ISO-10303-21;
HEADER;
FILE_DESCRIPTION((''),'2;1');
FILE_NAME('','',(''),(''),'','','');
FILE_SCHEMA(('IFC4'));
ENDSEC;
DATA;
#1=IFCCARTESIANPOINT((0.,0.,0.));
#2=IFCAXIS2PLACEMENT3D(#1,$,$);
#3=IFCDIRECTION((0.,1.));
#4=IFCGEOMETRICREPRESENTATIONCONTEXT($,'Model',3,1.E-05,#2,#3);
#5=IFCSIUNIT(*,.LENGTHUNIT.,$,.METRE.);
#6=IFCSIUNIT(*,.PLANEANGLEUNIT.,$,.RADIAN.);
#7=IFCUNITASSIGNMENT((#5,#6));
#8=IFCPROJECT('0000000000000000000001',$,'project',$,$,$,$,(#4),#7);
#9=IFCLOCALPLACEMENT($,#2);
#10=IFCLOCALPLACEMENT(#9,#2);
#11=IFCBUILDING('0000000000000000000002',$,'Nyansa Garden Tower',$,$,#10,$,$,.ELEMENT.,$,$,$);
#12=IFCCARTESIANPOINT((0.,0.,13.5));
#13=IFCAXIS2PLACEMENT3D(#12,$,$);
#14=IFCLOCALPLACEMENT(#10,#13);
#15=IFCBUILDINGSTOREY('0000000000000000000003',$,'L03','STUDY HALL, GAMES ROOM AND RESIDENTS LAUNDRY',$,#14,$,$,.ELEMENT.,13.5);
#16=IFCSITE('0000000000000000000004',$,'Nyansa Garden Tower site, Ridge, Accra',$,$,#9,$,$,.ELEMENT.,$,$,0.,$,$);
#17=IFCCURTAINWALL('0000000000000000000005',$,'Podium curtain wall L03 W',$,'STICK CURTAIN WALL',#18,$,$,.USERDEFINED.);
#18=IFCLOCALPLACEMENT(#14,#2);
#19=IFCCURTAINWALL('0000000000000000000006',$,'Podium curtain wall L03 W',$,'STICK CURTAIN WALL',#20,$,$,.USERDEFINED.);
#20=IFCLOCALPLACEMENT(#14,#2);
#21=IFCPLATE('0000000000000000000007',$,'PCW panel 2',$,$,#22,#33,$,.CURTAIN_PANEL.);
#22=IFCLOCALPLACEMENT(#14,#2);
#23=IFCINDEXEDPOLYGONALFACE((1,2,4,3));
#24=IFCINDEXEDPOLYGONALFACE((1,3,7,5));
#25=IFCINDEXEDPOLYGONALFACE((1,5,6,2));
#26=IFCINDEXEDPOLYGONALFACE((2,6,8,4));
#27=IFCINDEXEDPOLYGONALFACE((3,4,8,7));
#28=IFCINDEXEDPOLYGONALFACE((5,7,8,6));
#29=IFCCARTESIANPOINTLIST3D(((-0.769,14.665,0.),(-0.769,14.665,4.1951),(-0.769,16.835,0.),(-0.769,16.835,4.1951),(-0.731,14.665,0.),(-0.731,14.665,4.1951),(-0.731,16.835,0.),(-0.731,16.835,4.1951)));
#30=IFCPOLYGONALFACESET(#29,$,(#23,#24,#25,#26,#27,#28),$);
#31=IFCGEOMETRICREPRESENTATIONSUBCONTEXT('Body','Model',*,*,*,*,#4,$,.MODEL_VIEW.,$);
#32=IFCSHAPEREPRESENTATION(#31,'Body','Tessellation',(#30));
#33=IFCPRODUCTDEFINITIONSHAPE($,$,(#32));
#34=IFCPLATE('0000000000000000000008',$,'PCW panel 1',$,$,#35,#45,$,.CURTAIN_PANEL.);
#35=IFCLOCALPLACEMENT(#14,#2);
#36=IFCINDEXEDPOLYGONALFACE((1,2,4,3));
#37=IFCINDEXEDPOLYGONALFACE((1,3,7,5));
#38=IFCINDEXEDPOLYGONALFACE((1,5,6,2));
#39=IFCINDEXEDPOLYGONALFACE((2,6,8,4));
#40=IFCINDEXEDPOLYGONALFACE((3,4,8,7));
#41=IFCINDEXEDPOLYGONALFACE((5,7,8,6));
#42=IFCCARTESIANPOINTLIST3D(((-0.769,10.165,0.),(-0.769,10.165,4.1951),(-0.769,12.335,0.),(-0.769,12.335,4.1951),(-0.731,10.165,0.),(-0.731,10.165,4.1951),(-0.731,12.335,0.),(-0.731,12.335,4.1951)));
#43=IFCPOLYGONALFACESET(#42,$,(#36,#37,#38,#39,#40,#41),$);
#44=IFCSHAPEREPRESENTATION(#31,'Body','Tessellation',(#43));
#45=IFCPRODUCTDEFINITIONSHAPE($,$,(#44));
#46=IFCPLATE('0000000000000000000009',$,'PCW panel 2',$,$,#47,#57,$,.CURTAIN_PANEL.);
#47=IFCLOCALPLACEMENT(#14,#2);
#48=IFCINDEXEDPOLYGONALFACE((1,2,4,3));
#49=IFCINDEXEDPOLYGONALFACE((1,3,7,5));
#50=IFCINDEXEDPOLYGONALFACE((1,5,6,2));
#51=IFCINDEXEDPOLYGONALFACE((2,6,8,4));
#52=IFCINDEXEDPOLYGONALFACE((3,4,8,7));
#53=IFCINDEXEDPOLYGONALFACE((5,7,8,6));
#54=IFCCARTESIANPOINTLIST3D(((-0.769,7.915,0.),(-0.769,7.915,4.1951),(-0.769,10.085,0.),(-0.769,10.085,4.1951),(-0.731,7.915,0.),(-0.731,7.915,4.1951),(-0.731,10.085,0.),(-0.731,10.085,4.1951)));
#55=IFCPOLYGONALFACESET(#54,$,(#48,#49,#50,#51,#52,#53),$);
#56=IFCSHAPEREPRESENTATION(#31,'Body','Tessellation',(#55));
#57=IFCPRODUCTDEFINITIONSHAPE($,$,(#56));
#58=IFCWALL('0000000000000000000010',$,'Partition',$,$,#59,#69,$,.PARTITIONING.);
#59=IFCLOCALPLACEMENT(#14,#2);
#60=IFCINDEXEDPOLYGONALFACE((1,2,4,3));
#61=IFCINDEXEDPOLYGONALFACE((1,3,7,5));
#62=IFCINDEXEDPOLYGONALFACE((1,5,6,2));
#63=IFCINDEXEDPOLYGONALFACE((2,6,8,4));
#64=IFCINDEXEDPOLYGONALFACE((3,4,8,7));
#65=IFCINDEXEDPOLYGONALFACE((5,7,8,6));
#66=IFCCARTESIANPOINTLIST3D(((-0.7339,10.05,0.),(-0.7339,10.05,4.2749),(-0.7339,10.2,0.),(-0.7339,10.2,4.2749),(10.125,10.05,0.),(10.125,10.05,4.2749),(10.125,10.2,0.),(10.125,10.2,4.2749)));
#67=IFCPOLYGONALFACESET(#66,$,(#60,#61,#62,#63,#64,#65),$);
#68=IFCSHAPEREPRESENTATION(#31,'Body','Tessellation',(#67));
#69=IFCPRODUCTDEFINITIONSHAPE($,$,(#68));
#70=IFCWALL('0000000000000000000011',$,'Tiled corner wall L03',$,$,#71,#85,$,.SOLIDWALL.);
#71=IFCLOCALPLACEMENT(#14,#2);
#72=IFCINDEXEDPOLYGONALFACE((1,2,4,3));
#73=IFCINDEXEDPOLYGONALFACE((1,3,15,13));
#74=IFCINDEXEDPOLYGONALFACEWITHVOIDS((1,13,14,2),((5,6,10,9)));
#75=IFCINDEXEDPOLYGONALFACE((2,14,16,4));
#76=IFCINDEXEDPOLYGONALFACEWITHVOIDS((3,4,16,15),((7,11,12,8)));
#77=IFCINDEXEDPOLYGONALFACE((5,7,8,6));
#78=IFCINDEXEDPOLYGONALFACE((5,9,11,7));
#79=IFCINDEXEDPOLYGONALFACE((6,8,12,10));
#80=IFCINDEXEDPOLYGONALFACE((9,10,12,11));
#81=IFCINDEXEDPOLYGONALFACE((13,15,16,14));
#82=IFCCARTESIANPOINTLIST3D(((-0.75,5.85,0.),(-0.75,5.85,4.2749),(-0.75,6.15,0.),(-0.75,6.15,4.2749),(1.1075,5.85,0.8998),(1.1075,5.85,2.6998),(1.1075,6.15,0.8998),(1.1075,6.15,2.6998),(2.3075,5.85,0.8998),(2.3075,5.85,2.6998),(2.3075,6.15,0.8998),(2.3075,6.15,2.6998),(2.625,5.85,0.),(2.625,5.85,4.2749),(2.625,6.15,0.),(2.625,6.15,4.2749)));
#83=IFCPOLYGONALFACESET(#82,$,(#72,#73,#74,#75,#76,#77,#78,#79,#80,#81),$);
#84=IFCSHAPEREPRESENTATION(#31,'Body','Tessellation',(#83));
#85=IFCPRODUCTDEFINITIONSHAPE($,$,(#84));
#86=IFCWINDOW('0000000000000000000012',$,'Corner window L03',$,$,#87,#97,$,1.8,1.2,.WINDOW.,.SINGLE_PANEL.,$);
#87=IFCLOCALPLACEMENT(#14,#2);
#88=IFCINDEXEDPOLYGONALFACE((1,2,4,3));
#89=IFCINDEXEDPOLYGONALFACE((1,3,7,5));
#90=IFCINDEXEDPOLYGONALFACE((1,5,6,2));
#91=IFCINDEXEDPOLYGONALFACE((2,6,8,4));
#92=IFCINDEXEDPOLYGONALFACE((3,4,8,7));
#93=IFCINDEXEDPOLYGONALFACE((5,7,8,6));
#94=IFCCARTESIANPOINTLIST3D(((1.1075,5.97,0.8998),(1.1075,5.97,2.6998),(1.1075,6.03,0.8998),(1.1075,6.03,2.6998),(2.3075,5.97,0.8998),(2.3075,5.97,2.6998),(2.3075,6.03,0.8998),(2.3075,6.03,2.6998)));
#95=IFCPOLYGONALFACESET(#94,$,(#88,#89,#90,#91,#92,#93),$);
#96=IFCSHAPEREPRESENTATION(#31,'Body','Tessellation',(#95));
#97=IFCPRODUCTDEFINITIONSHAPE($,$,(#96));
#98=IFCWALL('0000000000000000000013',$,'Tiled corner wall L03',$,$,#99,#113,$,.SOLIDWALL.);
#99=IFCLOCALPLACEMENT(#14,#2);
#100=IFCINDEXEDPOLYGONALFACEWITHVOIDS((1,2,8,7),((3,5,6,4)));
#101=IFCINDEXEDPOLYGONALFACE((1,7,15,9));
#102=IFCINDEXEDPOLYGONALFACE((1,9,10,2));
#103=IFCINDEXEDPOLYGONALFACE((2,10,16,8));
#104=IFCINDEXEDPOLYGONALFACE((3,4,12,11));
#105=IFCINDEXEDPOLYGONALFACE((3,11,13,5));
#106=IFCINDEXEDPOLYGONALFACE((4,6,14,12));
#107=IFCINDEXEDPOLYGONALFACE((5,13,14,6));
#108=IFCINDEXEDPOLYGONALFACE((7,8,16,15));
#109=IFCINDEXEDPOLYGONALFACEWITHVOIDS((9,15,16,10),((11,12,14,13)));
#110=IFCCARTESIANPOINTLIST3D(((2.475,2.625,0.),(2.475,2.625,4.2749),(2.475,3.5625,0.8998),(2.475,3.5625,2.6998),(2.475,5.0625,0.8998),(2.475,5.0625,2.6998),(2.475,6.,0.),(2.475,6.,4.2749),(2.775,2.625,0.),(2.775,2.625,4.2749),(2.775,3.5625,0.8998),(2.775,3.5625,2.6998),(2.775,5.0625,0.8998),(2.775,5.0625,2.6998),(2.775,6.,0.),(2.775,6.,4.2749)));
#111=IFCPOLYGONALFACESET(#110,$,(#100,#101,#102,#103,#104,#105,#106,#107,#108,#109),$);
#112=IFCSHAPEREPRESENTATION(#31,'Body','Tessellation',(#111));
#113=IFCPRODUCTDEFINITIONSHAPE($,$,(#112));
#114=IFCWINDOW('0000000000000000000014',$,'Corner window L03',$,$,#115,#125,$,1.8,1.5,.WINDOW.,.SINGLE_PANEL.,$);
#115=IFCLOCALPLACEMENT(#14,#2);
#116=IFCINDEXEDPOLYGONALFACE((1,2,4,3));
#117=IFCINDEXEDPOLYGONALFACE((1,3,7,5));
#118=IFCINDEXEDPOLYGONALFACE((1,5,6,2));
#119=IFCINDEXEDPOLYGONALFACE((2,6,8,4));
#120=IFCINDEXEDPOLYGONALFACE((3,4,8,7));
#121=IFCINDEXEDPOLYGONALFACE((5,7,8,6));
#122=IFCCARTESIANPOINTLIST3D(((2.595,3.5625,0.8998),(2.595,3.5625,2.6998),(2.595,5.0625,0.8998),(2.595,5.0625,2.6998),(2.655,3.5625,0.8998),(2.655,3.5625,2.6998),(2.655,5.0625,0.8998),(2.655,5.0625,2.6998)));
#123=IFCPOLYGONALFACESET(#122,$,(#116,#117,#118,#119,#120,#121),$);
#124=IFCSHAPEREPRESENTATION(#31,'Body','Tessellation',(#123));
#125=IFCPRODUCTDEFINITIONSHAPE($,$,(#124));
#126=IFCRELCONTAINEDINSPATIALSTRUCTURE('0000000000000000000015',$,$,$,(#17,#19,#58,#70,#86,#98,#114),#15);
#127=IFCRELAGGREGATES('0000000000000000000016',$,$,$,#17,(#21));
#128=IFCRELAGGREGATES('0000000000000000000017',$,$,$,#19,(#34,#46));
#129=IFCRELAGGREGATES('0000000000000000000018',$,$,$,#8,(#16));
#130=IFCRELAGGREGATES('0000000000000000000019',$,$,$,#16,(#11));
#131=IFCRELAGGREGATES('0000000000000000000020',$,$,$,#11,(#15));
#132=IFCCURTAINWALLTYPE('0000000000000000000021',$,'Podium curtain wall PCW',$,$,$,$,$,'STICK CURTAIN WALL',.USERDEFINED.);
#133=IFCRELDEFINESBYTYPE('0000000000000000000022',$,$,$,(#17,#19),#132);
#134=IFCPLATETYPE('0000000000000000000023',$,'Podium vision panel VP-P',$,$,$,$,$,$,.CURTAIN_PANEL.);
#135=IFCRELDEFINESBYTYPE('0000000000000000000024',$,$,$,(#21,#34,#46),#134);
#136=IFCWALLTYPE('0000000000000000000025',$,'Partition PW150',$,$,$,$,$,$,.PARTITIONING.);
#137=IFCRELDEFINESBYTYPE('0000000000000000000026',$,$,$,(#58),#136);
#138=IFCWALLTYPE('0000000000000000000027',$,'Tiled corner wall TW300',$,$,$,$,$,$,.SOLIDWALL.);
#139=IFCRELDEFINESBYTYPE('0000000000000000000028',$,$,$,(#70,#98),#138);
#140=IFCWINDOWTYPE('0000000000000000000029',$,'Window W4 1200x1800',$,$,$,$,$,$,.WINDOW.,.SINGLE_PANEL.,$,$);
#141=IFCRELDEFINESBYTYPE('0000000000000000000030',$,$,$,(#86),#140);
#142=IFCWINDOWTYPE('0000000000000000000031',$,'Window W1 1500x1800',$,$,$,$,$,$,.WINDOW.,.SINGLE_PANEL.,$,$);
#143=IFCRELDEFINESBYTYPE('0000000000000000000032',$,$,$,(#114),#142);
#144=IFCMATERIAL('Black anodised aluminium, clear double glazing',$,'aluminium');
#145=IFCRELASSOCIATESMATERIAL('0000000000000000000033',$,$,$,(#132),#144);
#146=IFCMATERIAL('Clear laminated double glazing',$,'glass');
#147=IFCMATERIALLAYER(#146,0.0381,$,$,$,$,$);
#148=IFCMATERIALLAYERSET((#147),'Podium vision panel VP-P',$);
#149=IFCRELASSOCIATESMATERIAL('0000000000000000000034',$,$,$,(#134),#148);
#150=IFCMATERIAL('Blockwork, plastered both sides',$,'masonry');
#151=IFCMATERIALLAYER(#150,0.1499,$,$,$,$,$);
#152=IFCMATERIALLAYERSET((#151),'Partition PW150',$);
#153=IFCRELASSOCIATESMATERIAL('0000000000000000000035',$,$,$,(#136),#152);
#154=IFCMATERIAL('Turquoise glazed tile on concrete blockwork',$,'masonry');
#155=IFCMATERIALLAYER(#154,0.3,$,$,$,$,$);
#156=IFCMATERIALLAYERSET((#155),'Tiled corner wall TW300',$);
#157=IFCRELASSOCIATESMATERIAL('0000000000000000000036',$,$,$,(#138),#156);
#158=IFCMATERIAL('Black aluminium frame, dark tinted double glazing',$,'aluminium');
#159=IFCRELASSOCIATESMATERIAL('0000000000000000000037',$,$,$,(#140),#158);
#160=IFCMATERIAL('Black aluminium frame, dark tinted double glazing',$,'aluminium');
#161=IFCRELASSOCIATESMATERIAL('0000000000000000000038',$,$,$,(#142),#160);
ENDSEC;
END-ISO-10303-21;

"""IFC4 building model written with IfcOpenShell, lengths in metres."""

from ifc_helpers import new_model, si_unit, direction, frame, frame_2d, origin, origin_2d, place, context, subcontext, project, spatial, rectangle, extrude, material, layer, layer_set, type_object, element, fill, aggregate, save


model = new_model("IFC4")

# Units and contexts
model_context = context("Model", 3, precision=1e-05, world=origin(), true_north=direction((0.0, 1.0)))
body_context = subcontext(model_context, "Body", "Model", "MODEL_VIEW")
ifc_project = project(units=[si_unit("LENGTHUNIT", "METRE"), si_unit("PLANEANGLEUNIT", "RADIAN")], contexts=[model_context])

# Site, building, storey
site_placement = place(None, origin())
site = spatial("IfcSite", under=ifc_project, at=site_placement, Name="Nyansa Garden Tower site, Ridge, Accra", CompositionType="ELEMENT", RefElevation=0.0)
building_placement = place(site_placement, origin())
building = spatial("IfcBuilding", under=site, at=building_placement, Name="Nyansa Garden Tower", CompositionType="ELEMENT")
storey_placement = place(building_placement, frame((0.0, 0.0, 13.5)))
storey = spatial("IfcBuildingStorey", under=building, at=storey_placement, Name="L03", Description="STUDY HALL, GAMES ROOM AND RESIDENTS LAUNDRY", CompositionType="ELEMENT", Elevation=13.5)

# Curtain wall
ifc_material_1 = material(Name="Black anodised aluminium, clear double glazing", Category="aluminium")
curtain_wall_type = type_object("IfcCurtainWallType", Name="Podium curtain wall PCW", ElementType="STICK CURTAIN WALL", PredefinedType="USERDEFINED", material=ifc_material_1)
curtain_wall_1_placement = place(storey_placement, origin())
curtain_wall_1 = element("IfcCurtainWall", 1, at=curtain_wall_1_placement, inside=storey, type_object=curtain_wall_type, Name="Podium curtain wall L03 W", ObjectType="STICK CURTAIN WALL", PredefinedType="USERDEFINED")

# Curtain wall
curtain_wall_2_placement = place(storey_placement, origin())
curtain_wall_2 = element("IfcCurtainWall", 2, at=curtain_wall_2_placement, inside=storey, type_object=curtain_wall_type, Name="Podium curtain wall L03 W", ObjectType="STICK CURTAIN WALL", PredefinedType="USERDEFINED")

# Plates
ifc_material_2 = material(Name="Clear laminated double glazing", Category="glass")
ifc_layer_1 = layer(ifc_material_2, 0.0381)
ifc_layer_set_1 = layer_set([ifc_layer_1], Name="Podium vision panel VP-P")
plate_type = type_object("IfcPlateType", Name="Podium vision panel VP-P", PredefinedType="CURTAIN_PANEL", material=ifc_layer_set_1)
plate_1_placement = place(storey_placement, frame((-0.75, 15.75, 0.0), z_axis=(0.0, 0.0, 1.0), x_axis=(0.0, -1.0, 0.0)))
plate_1 = element("IfcPlate", 3, at=plate_1_placement, type_object=plate_type, Name="PCW panel 2", PredefinedType="CURTAIN_PANEL", context=body_context, shape_type="SweptSolid", body=[
    extrude(rectangle(XDim=2.1699, YDim=0.0381, at=origin_2d()), origin(), (0.0, 0.0, 1.0), 4.1951),
])
aggregate(curtain_wall_1, [plate_1])
plate_2_placement = place(storey_placement, frame((-0.75, 11.25, 0.0), z_axis=(0.0, 0.0, 1.0), x_axis=(0.0, -1.0, 0.0)))
plate_2 = element("IfcPlate", 4, at=plate_2_placement, type_object=plate_type, Name="PCW panel 1", PredefinedType="CURTAIN_PANEL", context=body_context, shape_type="SweptSolid", body=[
    extrude(rectangle(XDim=2.1699, YDim=0.0381, at=origin_2d()), origin(), (0.0, 0.0, 1.0), 4.1951),
])
plate_3_placement = place(storey_placement, frame((-0.75, 9.0, 0.0), z_axis=(0.0, 0.0, 1.0), x_axis=(0.0, -1.0, 0.0)))
plate_3 = element("IfcPlate", 5, at=plate_3_placement, type_object=plate_type, Name="PCW panel 2", PredefinedType="CURTAIN_PANEL", context=body_context, shape_type="SweptSolid", body=[
    extrude(rectangle(XDim=2.1699, YDim=0.0381, at=origin_2d()), origin(), (0.0, 0.0, 1.0), 4.1951),
])
aggregate(curtain_wall_2, [plate_2, plate_3])

# Wall
ifc_material_3 = material(Name="Blockwork, plastered both sides", Category="masonry")
ifc_layer_2 = layer(ifc_material_3, 0.1499)
ifc_layer_set_2 = layer_set([ifc_layer_2], Name="Partition PW150")
wall_type_1 = type_object("IfcWallType", Name="Partition PW150", PredefinedType="PARTITIONING", material=ifc_layer_set_2)
wall_1_placement = place(storey_placement, frame((-0.7339, 10.125, 0.0), z_axis=(0.0, 0.0, 1.0), x_axis=(1.0, 0.0, 0.0)))
element("IfcWall", 6, at=wall_1_placement, inside=storey, type_object=wall_type_1, Name="Partition", PredefinedType="PARTITIONING", context=body_context, shape_type="SweptSolid", body=[
    extrude(rectangle(XDim=10.8589, YDim=0.1499, at=frame_2d((5.4294, 0.0))), origin(), (0.0, 0.0, 1.0), 4.2749),
])

# Walls, openings, windows
ifc_material_4 = material(Name="Turquoise glazed tile on concrete blockwork", Category="masonry")
ifc_layer_3 = layer(ifc_material_4, 0.3)
ifc_layer_set_3 = layer_set([ifc_layer_3], Name="Tiled corner wall TW300")
wall_type_2 = type_object("IfcWallType", Name="Tiled corner wall TW300", PredefinedType="SOLIDWALL", material=ifc_layer_set_3)
wall_2_placement = place(storey_placement, frame((-0.75, 6.0, 0.0), z_axis=(0.0, 0.0, 1.0), x_axis=(1.0, 0.0, 0.0)))
wall_2 = element("IfcWall", 7, at=wall_2_placement, inside=storey, type_object=wall_type_2, Name="Tiled corner wall L03", PredefinedType="SOLIDWALL", context=body_context, shape_type="SweptSolid", body=[
    extrude(rectangle(XDim=3.375, YDim=0.3, at=frame_2d((1.6875, 0.0))), origin(), (0.0, 0.0, 1.0), 4.2749),
])
opening_1_placement = place(wall_2_placement, frame((1.8574, 0.0, 0.8999)))
opening_1 = element("IfcOpeningElement", 8, at=opening_1_placement, cuts=wall_2, PredefinedType="OPENING", context=body_context, shape_type="SweptSolid", body=[
    extrude(rectangle(XDim=1.2, YDim=1.8, at=frame_2d((0.6001, 0.8999))), frame((0.0, 0.1599, 0.0), z_axis=(0.0, -1.0, 0.0), x_axis=(1.0, 0.0, 0.0)), (0.0, 0.0, 1.0), 0.3201),
])
ifc_material_5 = material(Name="Black aluminium frame, dark tinted double glazing", Category="aluminium")
window_type_1 = type_object("IfcWindowType", Name="Window W4 1200x1800", PartitioningType="SINGLE_PANEL", PredefinedType="WINDOW", material=ifc_material_5)
window_1_placement = place(opening_1_placement, origin())
window_1 = element("IfcWindow", 9, at=window_1_placement, inside=storey, type_object=window_type_1, Name="Corner window L03", OverallHeight=1.8, OverallWidth=1.2, PartitioningType="SINGLE_PANEL", PredefinedType="WINDOW", context=body_context, shape_type="SweptSolid", body=[
    extrude(rectangle(XDim=1.2, YDim=1.8, at=frame_2d((0.6001, 0.8999))), frame((0.0, 0.03, 0.0), z_axis=(0.0, -1.0, 0.0), x_axis=(1.0, 0.0, 0.0)), (0.0, 0.0, 1.0), 0.0601),
])
fill(opening_1, window_1)
wall_3_placement = place(storey_placement, frame((2.625, 6.0, 0.0), z_axis=(0.0, 0.0, 1.0), x_axis=(0.0, -1.0, 0.0)))
wall_3 = element("IfcWall", 10, at=wall_3_placement, inside=storey, type_object=wall_type_2, Name="Tiled corner wall L03", PredefinedType="SOLIDWALL", context=body_context, shape_type="SweptSolid", body=[
    extrude(rectangle(XDim=3.375, YDim=0.3, at=frame_2d((1.6875, 0.0))), origin(), (0.0, 0.0, 1.0), 4.2749),
])
opening_2_placement = place(wall_3_placement, frame((0.9375, 0.0, 0.8999)))
opening_2 = element("IfcOpeningElement", 11, at=opening_2_placement, cuts=wall_3, PredefinedType="OPENING", context=body_context, shape_type="SweptSolid", body=[
    extrude(rectangle(XDim=1.5, YDim=1.8, at=frame_2d((0.75, 0.8999))), frame((0.0, 0.1599, 0.0), z_axis=(0.0, -1.0, 0.0), x_axis=(1.0, 0.0, 0.0)), (0.0, 0.0, 1.0), 0.3201),
])
ifc_material_6 = material(Name="Black aluminium frame, dark tinted double glazing", Category="aluminium")
window_type_2 = type_object("IfcWindowType", Name="Window W1 1500x1800", PartitioningType="SINGLE_PANEL", PredefinedType="WINDOW", material=ifc_material_6)
window_2_placement = place(opening_2_placement, origin())
window_2 = element("IfcWindow", 12, at=window_2_placement, inside=storey, type_object=window_type_2, Name="Corner window L03", OverallHeight=1.8, OverallWidth=1.5, PartitioningType="SINGLE_PANEL", PredefinedType="WINDOW", context=body_context, shape_type="SweptSolid", body=[
    extrude(rectangle(XDim=1.5, YDim=1.8, at=frame_2d((0.75, 0.8999))), frame((0.0, 0.03, 0.0), z_axis=(0.0, -1.0, 0.0), x_axis=(1.0, 0.0, 0.0)), (0.0, 0.0, 1.0), 0.0601),
])
fill(opening_2, window_2)

save(model, "model.ifc")
